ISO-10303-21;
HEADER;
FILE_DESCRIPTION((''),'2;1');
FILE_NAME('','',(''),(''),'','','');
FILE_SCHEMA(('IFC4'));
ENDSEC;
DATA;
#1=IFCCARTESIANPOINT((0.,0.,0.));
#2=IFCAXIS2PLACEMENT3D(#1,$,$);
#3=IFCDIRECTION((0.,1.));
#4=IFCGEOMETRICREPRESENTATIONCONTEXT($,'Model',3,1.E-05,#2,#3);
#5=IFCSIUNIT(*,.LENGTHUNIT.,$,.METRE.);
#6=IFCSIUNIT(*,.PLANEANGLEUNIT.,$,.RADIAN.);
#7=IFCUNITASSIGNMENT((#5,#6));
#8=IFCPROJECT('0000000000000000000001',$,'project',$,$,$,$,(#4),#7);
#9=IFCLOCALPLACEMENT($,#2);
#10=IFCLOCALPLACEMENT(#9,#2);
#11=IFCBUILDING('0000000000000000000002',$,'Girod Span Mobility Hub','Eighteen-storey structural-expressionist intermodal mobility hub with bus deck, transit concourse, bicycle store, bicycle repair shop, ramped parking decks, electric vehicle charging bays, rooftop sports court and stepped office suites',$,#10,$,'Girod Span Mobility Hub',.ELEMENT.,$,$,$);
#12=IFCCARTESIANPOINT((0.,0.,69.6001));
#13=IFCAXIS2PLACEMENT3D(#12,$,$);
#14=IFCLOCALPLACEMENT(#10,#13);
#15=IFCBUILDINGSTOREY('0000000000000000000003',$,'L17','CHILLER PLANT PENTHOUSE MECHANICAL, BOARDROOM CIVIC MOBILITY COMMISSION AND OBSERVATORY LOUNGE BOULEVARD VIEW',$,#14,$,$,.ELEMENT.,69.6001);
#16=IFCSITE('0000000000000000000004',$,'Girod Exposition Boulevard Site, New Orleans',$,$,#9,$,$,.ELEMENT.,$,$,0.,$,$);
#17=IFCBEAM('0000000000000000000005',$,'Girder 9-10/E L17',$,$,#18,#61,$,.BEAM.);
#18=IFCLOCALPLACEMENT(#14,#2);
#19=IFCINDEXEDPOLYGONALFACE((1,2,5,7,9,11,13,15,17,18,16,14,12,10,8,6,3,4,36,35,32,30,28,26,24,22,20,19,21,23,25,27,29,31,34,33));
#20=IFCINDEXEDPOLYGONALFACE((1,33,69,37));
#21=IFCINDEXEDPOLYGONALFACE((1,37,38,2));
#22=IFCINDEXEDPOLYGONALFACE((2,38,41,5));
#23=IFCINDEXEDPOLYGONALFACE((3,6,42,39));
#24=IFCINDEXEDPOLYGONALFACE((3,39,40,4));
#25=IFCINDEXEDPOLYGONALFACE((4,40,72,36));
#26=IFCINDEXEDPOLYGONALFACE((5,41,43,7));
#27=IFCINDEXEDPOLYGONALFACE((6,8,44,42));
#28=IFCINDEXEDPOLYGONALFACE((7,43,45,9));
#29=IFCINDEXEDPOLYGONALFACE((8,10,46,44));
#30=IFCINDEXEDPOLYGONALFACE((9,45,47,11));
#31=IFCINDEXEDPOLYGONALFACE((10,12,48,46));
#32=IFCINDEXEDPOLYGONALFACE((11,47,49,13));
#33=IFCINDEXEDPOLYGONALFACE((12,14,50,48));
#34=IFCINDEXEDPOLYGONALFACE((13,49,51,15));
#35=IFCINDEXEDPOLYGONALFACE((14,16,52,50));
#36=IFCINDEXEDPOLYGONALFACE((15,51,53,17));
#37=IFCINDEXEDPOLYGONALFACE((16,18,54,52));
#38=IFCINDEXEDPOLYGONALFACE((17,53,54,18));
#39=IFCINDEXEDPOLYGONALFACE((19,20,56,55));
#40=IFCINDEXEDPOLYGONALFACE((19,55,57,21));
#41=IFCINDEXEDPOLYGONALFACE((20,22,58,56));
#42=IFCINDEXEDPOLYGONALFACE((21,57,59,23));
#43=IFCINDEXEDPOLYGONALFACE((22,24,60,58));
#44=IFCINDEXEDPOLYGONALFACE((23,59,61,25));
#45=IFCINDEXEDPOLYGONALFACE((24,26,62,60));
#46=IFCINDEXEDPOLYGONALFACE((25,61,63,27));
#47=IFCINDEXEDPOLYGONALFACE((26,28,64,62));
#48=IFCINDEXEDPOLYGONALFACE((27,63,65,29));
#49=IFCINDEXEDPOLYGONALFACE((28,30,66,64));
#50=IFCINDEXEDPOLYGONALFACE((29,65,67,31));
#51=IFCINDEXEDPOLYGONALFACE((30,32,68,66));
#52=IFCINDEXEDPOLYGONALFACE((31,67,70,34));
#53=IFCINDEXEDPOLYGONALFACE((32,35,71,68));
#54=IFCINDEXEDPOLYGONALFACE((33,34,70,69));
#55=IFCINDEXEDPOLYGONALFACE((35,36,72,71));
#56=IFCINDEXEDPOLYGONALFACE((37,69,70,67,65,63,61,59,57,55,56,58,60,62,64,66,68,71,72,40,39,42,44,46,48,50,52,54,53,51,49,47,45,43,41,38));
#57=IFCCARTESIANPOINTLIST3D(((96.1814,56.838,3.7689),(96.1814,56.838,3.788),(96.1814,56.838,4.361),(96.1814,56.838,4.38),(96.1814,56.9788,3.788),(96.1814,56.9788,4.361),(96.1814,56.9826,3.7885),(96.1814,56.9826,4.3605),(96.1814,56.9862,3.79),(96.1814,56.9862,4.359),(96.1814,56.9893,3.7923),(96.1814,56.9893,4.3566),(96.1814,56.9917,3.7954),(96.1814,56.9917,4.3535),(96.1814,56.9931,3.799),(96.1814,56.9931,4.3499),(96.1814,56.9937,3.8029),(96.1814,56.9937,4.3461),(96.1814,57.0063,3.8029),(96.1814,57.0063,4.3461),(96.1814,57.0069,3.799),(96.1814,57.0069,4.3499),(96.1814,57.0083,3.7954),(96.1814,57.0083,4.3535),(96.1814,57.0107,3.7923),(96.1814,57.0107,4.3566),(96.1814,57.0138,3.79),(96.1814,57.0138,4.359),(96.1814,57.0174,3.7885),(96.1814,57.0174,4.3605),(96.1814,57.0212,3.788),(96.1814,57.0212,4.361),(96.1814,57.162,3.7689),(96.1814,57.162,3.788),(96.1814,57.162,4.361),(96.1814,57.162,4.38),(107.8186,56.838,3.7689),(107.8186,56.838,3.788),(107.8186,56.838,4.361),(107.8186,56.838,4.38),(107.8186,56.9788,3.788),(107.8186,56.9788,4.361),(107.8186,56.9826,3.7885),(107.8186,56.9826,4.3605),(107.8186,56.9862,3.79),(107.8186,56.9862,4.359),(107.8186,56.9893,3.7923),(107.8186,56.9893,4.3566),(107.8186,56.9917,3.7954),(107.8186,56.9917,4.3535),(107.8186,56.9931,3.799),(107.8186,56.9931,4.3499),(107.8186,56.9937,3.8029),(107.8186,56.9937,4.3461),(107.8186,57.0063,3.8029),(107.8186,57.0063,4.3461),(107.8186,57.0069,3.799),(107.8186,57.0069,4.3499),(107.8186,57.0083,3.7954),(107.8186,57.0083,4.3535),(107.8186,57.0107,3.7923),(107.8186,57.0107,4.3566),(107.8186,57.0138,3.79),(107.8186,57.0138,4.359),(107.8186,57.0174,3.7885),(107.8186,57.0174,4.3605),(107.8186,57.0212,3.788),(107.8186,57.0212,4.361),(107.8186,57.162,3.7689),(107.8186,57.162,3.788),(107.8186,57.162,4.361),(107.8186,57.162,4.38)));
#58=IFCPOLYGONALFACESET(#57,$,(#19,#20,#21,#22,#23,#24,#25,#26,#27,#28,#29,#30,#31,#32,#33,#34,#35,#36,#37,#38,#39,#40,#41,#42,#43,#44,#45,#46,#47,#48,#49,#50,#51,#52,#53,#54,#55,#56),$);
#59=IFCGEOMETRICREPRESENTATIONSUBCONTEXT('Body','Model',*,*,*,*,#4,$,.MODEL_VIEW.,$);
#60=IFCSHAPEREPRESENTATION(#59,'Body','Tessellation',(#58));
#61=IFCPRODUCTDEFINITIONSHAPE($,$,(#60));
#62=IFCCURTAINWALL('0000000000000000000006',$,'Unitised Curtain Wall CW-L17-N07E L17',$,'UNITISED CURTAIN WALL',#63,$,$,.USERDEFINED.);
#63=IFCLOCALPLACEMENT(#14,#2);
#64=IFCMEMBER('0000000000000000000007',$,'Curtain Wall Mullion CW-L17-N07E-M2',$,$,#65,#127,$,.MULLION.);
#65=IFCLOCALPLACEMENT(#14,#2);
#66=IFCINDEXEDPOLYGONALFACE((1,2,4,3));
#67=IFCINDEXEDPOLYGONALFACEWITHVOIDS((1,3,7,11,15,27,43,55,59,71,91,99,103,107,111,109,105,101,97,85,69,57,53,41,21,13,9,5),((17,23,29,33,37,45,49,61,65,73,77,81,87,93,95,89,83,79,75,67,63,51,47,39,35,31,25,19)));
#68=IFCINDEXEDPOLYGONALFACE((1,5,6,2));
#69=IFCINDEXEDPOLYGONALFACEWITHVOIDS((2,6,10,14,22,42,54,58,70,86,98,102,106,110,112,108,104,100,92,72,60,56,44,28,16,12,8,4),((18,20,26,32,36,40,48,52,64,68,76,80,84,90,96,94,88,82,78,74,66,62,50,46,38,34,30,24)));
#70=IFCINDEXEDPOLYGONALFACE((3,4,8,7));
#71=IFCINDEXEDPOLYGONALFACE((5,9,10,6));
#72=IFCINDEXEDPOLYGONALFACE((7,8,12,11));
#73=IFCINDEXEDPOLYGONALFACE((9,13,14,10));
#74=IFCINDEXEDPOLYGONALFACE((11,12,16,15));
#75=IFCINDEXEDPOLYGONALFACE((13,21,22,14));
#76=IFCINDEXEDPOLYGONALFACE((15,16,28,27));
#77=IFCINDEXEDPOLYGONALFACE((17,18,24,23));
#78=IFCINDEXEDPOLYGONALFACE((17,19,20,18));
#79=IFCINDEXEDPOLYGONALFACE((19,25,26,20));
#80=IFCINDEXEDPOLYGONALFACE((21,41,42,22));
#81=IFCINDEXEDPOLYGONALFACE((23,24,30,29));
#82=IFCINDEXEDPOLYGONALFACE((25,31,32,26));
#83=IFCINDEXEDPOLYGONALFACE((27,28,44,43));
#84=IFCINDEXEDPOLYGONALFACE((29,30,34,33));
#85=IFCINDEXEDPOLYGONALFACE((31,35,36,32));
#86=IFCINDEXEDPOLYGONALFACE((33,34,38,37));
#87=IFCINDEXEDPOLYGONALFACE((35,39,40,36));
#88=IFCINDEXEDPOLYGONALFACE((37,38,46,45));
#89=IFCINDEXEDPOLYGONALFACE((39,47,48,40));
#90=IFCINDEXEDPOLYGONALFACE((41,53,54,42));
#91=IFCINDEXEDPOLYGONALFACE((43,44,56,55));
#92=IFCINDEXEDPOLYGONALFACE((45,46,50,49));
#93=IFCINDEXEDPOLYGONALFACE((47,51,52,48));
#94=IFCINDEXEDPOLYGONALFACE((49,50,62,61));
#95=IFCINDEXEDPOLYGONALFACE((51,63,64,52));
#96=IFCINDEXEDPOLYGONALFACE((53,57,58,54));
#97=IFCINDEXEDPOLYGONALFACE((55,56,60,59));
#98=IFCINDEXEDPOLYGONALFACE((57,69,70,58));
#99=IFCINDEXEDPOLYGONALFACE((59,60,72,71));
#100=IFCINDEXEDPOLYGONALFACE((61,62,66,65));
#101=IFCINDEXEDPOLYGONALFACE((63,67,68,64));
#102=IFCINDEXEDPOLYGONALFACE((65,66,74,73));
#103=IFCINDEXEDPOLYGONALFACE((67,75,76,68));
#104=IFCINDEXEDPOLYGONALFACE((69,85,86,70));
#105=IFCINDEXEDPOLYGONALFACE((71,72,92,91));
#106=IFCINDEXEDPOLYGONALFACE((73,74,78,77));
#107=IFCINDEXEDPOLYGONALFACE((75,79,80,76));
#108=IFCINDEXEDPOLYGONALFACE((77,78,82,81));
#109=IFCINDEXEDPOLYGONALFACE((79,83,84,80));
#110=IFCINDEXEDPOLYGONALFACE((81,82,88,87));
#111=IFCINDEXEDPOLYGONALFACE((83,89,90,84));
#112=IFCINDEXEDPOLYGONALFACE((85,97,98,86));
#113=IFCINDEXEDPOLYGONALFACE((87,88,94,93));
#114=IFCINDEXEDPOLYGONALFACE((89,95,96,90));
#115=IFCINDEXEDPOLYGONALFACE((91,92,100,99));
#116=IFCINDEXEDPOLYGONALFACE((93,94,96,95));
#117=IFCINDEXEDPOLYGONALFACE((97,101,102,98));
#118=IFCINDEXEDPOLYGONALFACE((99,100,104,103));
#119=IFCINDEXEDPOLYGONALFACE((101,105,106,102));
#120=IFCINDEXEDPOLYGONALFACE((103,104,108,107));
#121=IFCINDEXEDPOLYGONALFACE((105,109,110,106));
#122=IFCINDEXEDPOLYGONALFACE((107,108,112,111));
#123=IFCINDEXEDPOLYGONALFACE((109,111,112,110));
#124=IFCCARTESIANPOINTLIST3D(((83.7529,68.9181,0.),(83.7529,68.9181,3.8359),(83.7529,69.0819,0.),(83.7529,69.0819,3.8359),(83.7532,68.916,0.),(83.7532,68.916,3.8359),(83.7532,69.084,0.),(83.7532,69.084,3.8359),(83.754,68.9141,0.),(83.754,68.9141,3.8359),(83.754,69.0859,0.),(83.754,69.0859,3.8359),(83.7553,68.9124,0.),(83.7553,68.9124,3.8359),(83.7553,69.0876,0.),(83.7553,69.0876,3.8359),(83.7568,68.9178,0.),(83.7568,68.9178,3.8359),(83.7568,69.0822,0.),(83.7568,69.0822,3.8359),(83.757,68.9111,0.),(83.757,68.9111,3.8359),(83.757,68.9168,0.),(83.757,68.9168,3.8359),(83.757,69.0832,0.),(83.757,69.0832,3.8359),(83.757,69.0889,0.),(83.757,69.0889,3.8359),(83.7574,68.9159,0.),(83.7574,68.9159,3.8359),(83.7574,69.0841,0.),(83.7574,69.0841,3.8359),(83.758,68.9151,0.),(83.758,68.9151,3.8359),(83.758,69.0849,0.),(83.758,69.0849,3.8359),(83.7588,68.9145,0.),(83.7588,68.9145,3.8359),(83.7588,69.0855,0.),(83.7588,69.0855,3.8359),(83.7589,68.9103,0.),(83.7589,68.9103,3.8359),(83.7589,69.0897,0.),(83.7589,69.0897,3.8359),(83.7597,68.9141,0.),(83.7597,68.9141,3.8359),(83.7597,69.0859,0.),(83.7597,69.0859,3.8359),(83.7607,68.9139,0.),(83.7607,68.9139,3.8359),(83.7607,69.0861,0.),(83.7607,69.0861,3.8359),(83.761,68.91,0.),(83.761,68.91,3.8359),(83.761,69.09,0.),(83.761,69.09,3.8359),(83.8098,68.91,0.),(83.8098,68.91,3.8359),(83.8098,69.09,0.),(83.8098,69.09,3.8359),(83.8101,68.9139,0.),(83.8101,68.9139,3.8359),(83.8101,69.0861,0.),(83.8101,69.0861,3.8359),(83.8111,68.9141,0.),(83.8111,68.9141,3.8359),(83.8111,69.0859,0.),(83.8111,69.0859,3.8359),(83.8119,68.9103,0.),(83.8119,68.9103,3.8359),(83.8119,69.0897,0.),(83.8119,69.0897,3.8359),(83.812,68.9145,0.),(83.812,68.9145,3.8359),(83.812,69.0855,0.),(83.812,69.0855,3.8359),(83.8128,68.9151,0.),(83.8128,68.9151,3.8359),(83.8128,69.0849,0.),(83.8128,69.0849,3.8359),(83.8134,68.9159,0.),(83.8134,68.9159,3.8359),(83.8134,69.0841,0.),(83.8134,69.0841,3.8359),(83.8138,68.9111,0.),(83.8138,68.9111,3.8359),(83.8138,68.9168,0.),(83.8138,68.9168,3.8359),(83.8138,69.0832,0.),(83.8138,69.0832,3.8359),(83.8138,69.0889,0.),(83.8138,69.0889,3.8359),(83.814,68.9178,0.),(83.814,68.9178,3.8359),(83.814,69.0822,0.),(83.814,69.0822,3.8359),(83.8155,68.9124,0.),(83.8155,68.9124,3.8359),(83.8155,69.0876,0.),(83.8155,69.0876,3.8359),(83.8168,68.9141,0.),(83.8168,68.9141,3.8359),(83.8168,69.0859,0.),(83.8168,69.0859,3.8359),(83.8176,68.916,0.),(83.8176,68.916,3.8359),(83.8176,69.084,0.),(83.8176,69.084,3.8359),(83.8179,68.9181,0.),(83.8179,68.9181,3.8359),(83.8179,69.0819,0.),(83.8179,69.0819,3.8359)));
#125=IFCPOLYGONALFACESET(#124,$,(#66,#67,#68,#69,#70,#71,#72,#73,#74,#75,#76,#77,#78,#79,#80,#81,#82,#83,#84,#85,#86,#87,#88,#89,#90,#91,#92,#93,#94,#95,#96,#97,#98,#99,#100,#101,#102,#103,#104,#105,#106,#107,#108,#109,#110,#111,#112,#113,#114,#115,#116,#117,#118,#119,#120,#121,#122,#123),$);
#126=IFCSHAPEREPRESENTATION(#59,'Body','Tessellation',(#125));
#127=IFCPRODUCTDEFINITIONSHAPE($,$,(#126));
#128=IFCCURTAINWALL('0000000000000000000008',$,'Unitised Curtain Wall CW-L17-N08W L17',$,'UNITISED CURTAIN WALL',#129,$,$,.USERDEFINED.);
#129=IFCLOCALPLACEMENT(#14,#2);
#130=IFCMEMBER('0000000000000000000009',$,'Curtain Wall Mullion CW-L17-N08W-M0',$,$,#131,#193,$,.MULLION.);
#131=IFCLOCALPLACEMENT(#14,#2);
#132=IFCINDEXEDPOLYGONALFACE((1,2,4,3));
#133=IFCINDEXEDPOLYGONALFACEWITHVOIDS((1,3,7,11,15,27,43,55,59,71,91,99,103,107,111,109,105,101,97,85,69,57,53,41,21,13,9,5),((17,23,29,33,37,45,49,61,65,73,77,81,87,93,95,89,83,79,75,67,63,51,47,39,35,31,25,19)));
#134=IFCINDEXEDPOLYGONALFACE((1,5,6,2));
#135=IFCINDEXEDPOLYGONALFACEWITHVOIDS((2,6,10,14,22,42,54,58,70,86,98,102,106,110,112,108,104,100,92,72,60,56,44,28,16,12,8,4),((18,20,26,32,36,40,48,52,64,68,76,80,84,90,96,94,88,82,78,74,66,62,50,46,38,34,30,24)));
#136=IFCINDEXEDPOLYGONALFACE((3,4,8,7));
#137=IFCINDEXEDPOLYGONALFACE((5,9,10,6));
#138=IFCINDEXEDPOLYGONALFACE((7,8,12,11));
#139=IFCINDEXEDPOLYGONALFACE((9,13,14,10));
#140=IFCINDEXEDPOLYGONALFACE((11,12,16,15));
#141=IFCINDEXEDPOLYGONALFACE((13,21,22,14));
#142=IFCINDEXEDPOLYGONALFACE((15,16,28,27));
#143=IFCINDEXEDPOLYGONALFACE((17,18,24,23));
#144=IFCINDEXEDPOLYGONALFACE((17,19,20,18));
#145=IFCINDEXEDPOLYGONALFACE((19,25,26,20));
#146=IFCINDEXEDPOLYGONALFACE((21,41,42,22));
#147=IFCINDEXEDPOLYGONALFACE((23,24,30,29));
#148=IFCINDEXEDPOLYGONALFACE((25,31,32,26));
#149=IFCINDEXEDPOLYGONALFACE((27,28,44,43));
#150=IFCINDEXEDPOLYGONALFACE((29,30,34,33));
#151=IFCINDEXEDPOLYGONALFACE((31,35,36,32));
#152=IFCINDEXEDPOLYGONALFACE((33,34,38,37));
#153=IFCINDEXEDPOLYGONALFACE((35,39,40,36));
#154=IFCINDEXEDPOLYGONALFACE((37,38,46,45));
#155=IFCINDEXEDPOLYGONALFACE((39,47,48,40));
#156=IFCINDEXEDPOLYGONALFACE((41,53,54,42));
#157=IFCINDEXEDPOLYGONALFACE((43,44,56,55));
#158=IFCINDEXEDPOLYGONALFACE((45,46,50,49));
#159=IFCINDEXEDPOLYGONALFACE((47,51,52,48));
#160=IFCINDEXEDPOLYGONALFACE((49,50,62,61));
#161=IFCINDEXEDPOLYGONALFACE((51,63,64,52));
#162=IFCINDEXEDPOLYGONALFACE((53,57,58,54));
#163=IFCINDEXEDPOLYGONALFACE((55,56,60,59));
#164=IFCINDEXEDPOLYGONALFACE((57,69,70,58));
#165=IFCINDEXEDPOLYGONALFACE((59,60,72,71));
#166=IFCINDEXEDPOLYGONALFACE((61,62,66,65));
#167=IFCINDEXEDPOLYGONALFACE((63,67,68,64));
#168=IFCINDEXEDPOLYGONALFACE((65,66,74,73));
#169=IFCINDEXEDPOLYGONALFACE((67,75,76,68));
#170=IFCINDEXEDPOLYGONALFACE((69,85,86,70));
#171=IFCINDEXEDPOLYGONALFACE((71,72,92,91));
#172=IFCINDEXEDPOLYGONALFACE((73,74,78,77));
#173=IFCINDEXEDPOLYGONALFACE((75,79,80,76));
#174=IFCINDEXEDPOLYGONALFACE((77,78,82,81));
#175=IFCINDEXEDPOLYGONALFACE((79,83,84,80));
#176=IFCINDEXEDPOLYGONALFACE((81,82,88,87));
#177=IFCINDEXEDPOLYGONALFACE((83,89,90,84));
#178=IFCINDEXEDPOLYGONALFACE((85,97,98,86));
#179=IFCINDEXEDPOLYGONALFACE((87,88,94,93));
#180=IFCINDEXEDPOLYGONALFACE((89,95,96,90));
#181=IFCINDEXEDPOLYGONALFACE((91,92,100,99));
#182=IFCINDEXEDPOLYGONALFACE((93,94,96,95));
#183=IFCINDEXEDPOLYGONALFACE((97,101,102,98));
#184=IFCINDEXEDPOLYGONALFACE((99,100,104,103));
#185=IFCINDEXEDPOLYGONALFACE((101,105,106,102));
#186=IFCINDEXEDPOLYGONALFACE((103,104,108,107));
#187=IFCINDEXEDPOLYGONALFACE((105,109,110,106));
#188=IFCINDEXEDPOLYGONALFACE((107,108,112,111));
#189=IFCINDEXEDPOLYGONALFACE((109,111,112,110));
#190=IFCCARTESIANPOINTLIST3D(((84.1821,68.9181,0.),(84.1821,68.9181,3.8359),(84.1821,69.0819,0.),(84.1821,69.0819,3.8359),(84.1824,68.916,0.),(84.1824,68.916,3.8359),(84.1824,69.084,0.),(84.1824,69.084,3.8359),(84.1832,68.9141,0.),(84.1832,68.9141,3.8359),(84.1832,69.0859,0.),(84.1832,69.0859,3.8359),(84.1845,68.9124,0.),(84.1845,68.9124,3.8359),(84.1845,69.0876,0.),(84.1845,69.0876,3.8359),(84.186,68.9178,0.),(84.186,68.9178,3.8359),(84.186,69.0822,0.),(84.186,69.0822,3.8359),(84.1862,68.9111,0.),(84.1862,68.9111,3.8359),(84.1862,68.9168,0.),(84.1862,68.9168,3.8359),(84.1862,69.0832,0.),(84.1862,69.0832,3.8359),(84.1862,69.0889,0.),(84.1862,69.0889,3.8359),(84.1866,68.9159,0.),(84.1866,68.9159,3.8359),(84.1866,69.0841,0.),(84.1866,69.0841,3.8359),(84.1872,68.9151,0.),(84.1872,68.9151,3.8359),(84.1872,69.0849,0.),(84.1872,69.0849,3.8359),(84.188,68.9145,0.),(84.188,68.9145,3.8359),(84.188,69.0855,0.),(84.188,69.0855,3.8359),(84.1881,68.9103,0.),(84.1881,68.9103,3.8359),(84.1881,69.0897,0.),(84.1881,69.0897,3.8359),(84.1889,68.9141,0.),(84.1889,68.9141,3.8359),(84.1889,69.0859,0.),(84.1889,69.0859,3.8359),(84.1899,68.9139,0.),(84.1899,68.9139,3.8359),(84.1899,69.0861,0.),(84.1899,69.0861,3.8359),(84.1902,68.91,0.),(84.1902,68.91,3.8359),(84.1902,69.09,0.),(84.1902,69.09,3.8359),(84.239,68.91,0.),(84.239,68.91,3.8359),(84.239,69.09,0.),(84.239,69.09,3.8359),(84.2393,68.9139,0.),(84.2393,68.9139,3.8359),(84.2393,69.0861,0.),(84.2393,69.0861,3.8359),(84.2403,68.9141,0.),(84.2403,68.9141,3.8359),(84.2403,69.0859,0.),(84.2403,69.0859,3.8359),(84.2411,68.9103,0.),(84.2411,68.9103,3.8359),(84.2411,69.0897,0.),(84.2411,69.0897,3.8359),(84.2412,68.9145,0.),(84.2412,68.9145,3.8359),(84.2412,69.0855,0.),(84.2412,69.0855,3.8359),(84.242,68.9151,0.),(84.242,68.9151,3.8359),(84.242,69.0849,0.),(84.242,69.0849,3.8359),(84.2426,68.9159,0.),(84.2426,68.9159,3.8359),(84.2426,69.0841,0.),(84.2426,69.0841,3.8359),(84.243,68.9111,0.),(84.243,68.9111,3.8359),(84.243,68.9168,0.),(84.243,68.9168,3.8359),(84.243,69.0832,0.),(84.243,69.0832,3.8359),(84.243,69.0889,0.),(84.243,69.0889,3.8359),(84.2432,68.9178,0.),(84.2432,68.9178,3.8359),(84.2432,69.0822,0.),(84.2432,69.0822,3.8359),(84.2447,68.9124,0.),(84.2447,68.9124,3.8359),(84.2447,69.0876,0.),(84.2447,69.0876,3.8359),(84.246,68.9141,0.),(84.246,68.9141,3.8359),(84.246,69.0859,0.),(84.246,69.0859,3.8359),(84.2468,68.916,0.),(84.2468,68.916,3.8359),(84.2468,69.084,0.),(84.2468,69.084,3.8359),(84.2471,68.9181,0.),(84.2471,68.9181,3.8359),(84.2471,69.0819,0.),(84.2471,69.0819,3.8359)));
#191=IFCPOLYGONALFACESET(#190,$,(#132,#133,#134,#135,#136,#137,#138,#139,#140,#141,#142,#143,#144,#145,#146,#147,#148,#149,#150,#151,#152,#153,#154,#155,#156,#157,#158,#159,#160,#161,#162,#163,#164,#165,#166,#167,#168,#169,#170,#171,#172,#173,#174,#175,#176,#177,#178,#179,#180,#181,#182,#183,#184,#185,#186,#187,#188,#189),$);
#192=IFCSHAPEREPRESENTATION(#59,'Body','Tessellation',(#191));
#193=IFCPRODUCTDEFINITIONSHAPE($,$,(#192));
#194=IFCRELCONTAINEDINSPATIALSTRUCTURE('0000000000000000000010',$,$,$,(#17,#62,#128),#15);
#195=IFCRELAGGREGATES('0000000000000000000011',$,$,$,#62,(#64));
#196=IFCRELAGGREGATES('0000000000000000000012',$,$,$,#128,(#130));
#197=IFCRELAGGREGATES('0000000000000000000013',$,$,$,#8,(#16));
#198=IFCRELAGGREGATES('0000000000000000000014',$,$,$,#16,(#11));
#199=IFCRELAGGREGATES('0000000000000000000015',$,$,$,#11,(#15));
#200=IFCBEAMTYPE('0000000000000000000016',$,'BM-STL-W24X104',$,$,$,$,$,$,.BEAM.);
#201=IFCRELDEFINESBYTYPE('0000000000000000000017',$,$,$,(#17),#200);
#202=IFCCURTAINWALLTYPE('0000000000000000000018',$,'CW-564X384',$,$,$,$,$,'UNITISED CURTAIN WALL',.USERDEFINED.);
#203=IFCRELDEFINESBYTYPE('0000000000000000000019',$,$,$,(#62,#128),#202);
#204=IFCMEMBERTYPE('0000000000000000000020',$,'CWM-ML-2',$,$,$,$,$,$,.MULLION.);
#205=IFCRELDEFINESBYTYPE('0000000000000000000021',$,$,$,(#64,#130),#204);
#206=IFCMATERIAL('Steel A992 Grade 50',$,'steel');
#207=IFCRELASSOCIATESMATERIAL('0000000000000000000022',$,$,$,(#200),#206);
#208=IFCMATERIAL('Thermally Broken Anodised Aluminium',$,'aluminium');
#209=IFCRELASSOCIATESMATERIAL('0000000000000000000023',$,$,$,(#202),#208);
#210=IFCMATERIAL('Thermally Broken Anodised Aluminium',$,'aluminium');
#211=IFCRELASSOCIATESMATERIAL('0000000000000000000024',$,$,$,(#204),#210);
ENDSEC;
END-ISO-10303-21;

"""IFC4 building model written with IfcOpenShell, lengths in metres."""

from ifc_helpers import new_model, si_unit, direction, frame, origin, origin_2d, place, context, subcontext, project, spatial, hollow_rectangle, i_section, extrude, material, material_profile, profile_set, type_object, element, aggregate, save


model = new_model("IFC4")

# Units and contexts
model_context = context("Model", 3, precision=1e-05, world=origin(), true_north=direction((0.0, 1.0)))
body_context = subcontext(model_context, "Body", "Model", "MODEL_VIEW")
ifc_project = project(units=[si_unit("LENGTHUNIT", "METRE"), si_unit("PLANEANGLEUNIT", "RADIAN")], contexts=[model_context])

# Site, building, storey
site_placement = place(None, origin())
site = spatial("IfcSite", under=ifc_project, at=site_placement, Name="Girod Exposition Boulevard Site, New Orleans", CompositionType="ELEMENT", RefElevation=0.0)
building_placement = place(site_placement, origin())
building = spatial("IfcBuilding", under=site, at=building_placement, Name="Girod Span Mobility Hub", Description="Eighteen-storey structural-expressionist intermodal mobility hub with bus deck, transit concourse, bicycle store, bicycle repair shop, ramped parking decks, electric vehicle charging bays, rooftop sports court and stepped office suites", LongName="Girod Span Mobility Hub", CompositionType="ELEMENT")
storey_placement = place(building_placement, frame((0.0, 0.0, 69.6001)))
storey = spatial("IfcBuildingStorey", under=building, at=storey_placement, Name="L17", Description="CHILLER PLANT PENTHOUSE MECHANICAL, BOARDROOM CIVIC MOBILITY COMMISSION AND OBSERVATORY LOUNGE BOULEVARD VIEW", CompositionType="ELEMENT", Elevation=69.6001)

# Beam
ifc_material_1 = material(Name="Steel A992 Grade 50", Category="steel")
ifc_material_profile_1 = material_profile(ifc_material_1, i_section(OverallWidth=0.324, OverallDepth=0.6111, WebThickness=0.0127, FlangeThickness=0.019, FilletRadius=0.0149, at=origin_2d()), Name="W24X104")
ifc_profile_set_1 = profile_set([ifc_material_profile_1], Name="Steel A992 Grade 50")
beam_type_1 = type_object("IfcBeamType", Name="BM-STL-W24X104", PredefinedType="BEAM", material=ifc_profile_set_1)
for number, where, z_axis, x_axis, name in (
    (1, (96.1814, 57.0, 4.0745), (1.0, 0.0, 0.0), (0.0, 1.0, 0.0), "Girder 9-10/E L17"),
):
    element("IfcBeam", number, at=place(storey_placement, frame(where, z_axis=z_axis, x_axis=x_axis)), inside=storey, type_object=beam_type_1, Name=name, PredefinedType="BEAM", context=body_context, shape_type="SweptSolid", body=[
        extrude(i_section(OverallWidth=0.324, OverallDepth=0.6111, WebThickness=0.0127, FlangeThickness=0.019, FilletRadius=0.0149, at=origin_2d()), origin(), (0.0, 0.0, 1.0), 11.6372),
    ])

# Curtain wall, member
ifc_material_2 = material(Name="Thermally Broken Anodised Aluminium", Category="aluminium")
curtain_wall_type = type_object("IfcCurtainWallType", Name="CW-564X384", ElementType="UNITISED CURTAIN WALL", PredefinedType="USERDEFINED", material=ifc_material_2)
curtain_wall_1_placement = place(storey_placement, origin())
curtain_wall_1 = element("IfcCurtainWall", 2, at=curtain_wall_1_placement, inside=storey, type_object=curtain_wall_type, Name="Unitised Curtain Wall CW-L17-N07E L17", ObjectType="UNITISED CURTAIN WALL", PredefinedType="USERDEFINED")
ifc_material_3 = material(Name="Thermally Broken Anodised Aluminium", Category="aluminium")
ifc_material_profile_2 = material_profile(ifc_material_3, hollow_rectangle(XDim=0.1799, YDim=0.0649, WallThickness=0.0039, InnerFilletRadius=0.0039, OuterFilletRadius=0.0081, at=origin_2d()), Name="CW-ML-65X180")
ifc_profile_set_2 = profile_set([ifc_material_profile_2], Name="Thermally Broken Anodised Aluminium")
member_type_1 = type_object("IfcMemberType", Name="CWM-ML-2", PredefinedType="MULLION", material=ifc_profile_set_2)
member_1_placement = place(storey_placement, frame((83.7854, 69.0, 0.0), z_axis=(0.0, 0.0, 1.0), x_axis=(0.0, 1.0, 0.0)))
member_1 = element("IfcMember", 3, at=member_1_placement, type_object=member_type_1, Name="Curtain Wall Mullion CW-L17-N07E-M2", PredefinedType="MULLION", context=body_context, shape_type="SweptSolid", body=[
    extrude(hollow_rectangle(XDim=0.1799, YDim=0.0649, WallThickness=0.0039, InnerFilletRadius=0.0039, OuterFilletRadius=0.0081, at=origin_2d()), origin(), (0.0, 0.0, 1.0), 3.8359),
])

# Curtain wall, member
curtain_wall_2_placement = place(storey_placement, origin())
curtain_wall_2 = element("IfcCurtainWall", 4, at=curtain_wall_2_placement, inside=storey, type_object=curtain_wall_type, Name="Unitised Curtain Wall CW-L17-N08W L17", ObjectType="UNITISED CURTAIN WALL", PredefinedType="USERDEFINED")
member_2_placement = place(storey_placement, frame((84.2146, 69.0, 0.0), z_axis=(0.0, 0.0, 1.0), x_axis=(0.0, 1.0, 0.0)))
member_2 = element("IfcMember", 5, at=member_2_placement, type_object=member_type_1, Name="Curtain Wall Mullion CW-L17-N08W-M0", PredefinedType="MULLION", context=body_context, shape_type="SweptSolid", body=[
    extrude(hollow_rectangle(XDim=0.1799, YDim=0.0649, WallThickness=0.0039, InnerFilletRadius=0.0039, OuterFilletRadius=0.0081, at=origin_2d()), origin(), (0.0, 0.0, 1.0), 3.8359),
])

aggregate(curtain_wall_1, [member_1])
aggregate(curtain_wall_2, [member_2])

save(model, "model.ifc")
